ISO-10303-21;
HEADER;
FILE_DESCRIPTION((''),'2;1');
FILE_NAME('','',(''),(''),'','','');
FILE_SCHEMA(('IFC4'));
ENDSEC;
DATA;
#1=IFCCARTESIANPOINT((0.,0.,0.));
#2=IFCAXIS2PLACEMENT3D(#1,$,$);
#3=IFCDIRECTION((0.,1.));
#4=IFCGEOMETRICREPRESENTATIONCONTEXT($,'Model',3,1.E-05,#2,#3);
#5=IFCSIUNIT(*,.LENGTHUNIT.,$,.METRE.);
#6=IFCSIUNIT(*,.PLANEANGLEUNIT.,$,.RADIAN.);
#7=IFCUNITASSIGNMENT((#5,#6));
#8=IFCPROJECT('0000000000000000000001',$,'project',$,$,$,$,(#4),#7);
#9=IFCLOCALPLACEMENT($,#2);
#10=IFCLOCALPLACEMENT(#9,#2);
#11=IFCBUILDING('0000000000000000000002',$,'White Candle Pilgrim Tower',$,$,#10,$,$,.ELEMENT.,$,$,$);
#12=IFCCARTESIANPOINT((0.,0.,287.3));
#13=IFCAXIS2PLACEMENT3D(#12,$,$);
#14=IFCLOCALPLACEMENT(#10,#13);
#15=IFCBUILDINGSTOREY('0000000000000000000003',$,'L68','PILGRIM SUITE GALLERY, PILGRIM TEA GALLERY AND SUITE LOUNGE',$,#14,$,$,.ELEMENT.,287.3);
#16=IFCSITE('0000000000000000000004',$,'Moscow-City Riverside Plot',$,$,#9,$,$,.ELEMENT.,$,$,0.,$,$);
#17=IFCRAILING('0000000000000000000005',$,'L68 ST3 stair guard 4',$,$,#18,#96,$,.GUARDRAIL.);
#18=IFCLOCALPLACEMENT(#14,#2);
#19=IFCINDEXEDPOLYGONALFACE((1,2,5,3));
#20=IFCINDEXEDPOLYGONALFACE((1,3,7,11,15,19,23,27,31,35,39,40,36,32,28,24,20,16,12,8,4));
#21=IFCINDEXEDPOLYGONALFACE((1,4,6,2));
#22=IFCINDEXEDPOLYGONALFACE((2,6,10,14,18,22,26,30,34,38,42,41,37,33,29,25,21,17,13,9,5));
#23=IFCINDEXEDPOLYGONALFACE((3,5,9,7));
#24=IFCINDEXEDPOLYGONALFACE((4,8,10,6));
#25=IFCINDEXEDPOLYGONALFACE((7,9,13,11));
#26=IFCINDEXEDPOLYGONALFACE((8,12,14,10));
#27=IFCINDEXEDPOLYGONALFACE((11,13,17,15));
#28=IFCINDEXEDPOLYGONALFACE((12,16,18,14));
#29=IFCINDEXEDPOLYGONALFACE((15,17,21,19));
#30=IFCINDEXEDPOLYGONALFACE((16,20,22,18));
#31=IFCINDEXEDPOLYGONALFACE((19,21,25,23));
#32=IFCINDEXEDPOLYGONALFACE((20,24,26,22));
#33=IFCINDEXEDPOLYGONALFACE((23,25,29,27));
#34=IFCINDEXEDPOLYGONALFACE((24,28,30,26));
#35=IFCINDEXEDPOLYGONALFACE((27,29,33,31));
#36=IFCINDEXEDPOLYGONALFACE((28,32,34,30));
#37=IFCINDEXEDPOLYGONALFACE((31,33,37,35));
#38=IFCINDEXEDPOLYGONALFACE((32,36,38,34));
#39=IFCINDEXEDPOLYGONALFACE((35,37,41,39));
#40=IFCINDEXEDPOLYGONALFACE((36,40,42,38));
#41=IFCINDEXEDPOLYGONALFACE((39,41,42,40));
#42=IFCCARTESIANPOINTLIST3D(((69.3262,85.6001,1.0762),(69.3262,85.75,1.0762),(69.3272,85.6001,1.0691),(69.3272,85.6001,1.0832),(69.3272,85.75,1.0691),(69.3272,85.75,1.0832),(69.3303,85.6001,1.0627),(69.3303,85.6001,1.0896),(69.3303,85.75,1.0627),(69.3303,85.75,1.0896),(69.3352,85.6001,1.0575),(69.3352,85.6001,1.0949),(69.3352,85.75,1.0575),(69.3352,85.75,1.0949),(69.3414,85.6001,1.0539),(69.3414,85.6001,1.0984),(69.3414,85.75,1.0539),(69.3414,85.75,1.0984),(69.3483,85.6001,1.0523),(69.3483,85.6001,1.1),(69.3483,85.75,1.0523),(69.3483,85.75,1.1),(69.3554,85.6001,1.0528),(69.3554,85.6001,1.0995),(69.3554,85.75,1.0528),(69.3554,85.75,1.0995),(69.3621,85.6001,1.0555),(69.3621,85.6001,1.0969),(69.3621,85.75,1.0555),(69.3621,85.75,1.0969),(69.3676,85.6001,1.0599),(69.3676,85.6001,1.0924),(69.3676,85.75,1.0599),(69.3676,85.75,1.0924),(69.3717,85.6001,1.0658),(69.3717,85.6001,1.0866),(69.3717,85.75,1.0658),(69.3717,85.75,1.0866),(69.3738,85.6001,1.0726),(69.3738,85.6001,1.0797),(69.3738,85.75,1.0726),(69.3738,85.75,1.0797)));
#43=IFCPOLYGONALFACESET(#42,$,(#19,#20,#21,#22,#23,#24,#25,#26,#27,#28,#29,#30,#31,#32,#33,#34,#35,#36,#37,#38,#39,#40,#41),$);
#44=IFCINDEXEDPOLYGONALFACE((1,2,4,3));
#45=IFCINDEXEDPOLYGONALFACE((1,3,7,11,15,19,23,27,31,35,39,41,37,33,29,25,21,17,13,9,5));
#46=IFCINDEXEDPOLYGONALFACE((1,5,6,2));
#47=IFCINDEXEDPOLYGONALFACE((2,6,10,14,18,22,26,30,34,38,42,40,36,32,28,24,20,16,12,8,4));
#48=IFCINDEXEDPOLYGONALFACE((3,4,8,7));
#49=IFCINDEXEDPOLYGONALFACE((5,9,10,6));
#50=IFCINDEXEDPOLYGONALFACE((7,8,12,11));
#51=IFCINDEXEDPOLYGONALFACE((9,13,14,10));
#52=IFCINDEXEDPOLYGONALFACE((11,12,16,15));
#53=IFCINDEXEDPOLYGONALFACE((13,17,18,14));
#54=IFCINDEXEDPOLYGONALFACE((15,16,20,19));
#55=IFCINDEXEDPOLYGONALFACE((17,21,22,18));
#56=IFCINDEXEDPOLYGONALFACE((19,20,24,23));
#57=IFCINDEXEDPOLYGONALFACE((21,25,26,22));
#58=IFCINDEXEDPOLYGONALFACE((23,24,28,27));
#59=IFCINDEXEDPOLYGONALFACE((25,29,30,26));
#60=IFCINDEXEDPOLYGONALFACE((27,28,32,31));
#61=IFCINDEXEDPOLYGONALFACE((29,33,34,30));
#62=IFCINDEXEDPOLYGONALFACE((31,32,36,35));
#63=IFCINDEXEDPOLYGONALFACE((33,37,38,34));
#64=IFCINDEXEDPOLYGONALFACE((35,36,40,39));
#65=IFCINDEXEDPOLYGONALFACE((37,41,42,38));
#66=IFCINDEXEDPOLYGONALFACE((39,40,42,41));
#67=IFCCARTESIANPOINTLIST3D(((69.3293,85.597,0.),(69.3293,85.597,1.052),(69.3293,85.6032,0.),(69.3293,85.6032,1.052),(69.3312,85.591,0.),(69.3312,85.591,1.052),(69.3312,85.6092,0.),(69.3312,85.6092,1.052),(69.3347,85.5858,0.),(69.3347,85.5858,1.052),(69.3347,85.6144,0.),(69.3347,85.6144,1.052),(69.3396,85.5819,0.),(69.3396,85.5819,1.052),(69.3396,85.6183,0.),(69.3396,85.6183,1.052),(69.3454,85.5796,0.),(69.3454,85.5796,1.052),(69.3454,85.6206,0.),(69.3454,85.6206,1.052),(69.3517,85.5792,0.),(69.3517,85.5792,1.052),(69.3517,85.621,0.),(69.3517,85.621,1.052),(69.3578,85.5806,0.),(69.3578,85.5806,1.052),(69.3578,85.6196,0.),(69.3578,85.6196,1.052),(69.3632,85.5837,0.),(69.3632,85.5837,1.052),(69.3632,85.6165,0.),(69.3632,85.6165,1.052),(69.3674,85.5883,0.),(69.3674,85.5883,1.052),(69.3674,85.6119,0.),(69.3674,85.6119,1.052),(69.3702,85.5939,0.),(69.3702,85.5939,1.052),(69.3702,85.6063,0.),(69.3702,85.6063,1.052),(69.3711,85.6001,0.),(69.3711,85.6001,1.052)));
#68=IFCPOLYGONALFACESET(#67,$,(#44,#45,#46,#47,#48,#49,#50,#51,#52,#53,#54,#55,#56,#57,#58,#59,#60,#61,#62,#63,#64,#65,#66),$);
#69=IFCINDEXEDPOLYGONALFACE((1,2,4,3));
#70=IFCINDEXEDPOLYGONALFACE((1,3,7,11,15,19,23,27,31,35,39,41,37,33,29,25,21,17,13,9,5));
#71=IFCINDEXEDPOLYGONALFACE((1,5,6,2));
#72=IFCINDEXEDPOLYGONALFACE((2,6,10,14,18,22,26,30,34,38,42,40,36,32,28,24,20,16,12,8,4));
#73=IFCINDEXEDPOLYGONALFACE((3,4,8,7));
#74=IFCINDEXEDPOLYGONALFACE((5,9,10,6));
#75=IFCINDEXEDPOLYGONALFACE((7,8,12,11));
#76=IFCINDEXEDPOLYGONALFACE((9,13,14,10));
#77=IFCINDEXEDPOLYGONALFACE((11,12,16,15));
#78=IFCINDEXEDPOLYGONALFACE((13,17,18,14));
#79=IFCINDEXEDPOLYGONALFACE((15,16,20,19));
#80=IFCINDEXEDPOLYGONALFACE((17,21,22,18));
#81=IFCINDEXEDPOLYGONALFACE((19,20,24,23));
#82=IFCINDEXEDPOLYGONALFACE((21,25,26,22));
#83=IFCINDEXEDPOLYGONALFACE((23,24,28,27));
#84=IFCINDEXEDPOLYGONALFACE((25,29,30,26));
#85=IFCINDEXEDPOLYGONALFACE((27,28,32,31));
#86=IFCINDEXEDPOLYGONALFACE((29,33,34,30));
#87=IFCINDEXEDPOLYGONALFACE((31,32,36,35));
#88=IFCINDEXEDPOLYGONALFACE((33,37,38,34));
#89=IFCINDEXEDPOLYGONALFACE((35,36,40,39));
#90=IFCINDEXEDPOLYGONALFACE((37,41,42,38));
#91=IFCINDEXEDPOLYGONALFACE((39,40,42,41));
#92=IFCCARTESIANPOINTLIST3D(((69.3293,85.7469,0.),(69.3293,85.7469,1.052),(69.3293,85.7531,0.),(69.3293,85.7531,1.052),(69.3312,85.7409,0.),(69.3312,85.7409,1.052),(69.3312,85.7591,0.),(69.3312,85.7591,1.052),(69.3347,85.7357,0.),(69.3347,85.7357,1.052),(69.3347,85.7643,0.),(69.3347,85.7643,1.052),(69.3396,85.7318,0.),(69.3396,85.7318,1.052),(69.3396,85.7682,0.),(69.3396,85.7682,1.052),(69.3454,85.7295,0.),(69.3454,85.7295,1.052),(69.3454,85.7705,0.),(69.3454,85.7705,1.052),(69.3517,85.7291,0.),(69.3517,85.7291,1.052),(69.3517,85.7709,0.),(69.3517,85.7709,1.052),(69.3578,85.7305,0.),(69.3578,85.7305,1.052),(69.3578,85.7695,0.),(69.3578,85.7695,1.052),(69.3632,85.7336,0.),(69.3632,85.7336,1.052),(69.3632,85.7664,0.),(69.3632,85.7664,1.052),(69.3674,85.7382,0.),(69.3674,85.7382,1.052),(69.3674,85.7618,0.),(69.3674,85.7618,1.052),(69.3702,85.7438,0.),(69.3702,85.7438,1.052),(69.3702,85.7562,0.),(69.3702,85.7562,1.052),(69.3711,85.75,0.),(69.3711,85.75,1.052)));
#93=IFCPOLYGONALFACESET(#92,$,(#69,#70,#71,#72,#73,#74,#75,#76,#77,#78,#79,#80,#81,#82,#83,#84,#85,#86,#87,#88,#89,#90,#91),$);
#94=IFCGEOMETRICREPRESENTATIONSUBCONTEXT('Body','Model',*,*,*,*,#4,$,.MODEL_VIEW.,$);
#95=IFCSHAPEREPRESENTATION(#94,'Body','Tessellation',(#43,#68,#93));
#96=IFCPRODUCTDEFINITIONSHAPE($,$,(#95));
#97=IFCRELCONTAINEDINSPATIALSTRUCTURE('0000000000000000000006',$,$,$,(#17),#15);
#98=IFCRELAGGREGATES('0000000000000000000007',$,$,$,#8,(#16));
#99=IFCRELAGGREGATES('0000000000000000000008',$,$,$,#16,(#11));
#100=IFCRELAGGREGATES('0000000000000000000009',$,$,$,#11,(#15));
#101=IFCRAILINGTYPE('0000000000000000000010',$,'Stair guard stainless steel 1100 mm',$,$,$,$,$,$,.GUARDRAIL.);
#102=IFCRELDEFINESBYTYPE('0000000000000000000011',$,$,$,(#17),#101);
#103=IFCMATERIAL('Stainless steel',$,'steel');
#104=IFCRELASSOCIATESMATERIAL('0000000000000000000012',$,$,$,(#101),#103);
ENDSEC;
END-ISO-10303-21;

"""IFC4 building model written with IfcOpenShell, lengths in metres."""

from ifc_helpers import new_model, si_unit, direction, frame, origin, origin_2d, place, context, subcontext, project, spatial, circle, extrude, material, type_object, element, save


model = new_model("IFC4")

# Units and contexts
model_context = context("Model", 3, precision=1e-05, world=origin(), true_north=direction((0.0, 1.0)))
body_context = subcontext(model_context, "Body", "Model", "MODEL_VIEW")
ifc_project = project(units=[si_unit("LENGTHUNIT", "METRE"), si_unit("PLANEANGLEUNIT", "RADIAN")], contexts=[model_context])

# Site, building, storey
site_placement = place(None, origin())
site = spatial("IfcSite", under=ifc_project, at=site_placement, Name="Moscow-City Riverside Plot", CompositionType="ELEMENT", RefElevation=0.0)
building_placement = place(site_placement, origin())
building = spatial("IfcBuilding", under=site, at=building_placement, Name="White Candle Pilgrim Tower", CompositionType="ELEMENT")
storey_placement = place(building_placement, frame((0.0, 0.0, 287.3)))
storey = spatial("IfcBuildingStorey", under=building, at=storey_placement, Name="L68", Description="PILGRIM SUITE GALLERY, PILGRIM TEA GALLERY AND SUITE LOUNGE", CompositionType="ELEMENT", Elevation=287.3)

# Railing
ifc_material_1 = material(Name="Stainless steel", Category="steel")
railing_type_1 = type_object("IfcRailingType", Name="Stair guard stainless steel 1100 mm", PredefinedType="GUARDRAIL", material=ifc_material_1)
railing_1_placement = place(storey_placement, frame((69.3501, 85.6001, 0.0)))
element("IfcRailing", 1, at=railing_1_placement, inside=storey, type_object=railing_type_1, Name="L68 ST3 stair guard 4", PredefinedType="GUARDRAIL", context=body_context, shape_type="SweptSolid", body=[
    extrude(circle(Radius=0.0239, at=origin_2d()), frame((0.0, 0.0, 1.0762), z_axis=(0.0, 1.0, 0.0), x_axis=(-1.0, 0.0, 0.0)), (0.0, 0.0, 1.0), 0.1499),
    extrude(circle(Radius=0.021, at=origin_2d()), origin(), (0.0, 0.0, 1.0), 1.052),
    extrude(circle(Radius=0.021, at=origin_2d()), frame((0.0, 0.1499, 0.0)), (0.0, 0.0, 1.0), 1.052),
])

save(model, "model.ifc")
